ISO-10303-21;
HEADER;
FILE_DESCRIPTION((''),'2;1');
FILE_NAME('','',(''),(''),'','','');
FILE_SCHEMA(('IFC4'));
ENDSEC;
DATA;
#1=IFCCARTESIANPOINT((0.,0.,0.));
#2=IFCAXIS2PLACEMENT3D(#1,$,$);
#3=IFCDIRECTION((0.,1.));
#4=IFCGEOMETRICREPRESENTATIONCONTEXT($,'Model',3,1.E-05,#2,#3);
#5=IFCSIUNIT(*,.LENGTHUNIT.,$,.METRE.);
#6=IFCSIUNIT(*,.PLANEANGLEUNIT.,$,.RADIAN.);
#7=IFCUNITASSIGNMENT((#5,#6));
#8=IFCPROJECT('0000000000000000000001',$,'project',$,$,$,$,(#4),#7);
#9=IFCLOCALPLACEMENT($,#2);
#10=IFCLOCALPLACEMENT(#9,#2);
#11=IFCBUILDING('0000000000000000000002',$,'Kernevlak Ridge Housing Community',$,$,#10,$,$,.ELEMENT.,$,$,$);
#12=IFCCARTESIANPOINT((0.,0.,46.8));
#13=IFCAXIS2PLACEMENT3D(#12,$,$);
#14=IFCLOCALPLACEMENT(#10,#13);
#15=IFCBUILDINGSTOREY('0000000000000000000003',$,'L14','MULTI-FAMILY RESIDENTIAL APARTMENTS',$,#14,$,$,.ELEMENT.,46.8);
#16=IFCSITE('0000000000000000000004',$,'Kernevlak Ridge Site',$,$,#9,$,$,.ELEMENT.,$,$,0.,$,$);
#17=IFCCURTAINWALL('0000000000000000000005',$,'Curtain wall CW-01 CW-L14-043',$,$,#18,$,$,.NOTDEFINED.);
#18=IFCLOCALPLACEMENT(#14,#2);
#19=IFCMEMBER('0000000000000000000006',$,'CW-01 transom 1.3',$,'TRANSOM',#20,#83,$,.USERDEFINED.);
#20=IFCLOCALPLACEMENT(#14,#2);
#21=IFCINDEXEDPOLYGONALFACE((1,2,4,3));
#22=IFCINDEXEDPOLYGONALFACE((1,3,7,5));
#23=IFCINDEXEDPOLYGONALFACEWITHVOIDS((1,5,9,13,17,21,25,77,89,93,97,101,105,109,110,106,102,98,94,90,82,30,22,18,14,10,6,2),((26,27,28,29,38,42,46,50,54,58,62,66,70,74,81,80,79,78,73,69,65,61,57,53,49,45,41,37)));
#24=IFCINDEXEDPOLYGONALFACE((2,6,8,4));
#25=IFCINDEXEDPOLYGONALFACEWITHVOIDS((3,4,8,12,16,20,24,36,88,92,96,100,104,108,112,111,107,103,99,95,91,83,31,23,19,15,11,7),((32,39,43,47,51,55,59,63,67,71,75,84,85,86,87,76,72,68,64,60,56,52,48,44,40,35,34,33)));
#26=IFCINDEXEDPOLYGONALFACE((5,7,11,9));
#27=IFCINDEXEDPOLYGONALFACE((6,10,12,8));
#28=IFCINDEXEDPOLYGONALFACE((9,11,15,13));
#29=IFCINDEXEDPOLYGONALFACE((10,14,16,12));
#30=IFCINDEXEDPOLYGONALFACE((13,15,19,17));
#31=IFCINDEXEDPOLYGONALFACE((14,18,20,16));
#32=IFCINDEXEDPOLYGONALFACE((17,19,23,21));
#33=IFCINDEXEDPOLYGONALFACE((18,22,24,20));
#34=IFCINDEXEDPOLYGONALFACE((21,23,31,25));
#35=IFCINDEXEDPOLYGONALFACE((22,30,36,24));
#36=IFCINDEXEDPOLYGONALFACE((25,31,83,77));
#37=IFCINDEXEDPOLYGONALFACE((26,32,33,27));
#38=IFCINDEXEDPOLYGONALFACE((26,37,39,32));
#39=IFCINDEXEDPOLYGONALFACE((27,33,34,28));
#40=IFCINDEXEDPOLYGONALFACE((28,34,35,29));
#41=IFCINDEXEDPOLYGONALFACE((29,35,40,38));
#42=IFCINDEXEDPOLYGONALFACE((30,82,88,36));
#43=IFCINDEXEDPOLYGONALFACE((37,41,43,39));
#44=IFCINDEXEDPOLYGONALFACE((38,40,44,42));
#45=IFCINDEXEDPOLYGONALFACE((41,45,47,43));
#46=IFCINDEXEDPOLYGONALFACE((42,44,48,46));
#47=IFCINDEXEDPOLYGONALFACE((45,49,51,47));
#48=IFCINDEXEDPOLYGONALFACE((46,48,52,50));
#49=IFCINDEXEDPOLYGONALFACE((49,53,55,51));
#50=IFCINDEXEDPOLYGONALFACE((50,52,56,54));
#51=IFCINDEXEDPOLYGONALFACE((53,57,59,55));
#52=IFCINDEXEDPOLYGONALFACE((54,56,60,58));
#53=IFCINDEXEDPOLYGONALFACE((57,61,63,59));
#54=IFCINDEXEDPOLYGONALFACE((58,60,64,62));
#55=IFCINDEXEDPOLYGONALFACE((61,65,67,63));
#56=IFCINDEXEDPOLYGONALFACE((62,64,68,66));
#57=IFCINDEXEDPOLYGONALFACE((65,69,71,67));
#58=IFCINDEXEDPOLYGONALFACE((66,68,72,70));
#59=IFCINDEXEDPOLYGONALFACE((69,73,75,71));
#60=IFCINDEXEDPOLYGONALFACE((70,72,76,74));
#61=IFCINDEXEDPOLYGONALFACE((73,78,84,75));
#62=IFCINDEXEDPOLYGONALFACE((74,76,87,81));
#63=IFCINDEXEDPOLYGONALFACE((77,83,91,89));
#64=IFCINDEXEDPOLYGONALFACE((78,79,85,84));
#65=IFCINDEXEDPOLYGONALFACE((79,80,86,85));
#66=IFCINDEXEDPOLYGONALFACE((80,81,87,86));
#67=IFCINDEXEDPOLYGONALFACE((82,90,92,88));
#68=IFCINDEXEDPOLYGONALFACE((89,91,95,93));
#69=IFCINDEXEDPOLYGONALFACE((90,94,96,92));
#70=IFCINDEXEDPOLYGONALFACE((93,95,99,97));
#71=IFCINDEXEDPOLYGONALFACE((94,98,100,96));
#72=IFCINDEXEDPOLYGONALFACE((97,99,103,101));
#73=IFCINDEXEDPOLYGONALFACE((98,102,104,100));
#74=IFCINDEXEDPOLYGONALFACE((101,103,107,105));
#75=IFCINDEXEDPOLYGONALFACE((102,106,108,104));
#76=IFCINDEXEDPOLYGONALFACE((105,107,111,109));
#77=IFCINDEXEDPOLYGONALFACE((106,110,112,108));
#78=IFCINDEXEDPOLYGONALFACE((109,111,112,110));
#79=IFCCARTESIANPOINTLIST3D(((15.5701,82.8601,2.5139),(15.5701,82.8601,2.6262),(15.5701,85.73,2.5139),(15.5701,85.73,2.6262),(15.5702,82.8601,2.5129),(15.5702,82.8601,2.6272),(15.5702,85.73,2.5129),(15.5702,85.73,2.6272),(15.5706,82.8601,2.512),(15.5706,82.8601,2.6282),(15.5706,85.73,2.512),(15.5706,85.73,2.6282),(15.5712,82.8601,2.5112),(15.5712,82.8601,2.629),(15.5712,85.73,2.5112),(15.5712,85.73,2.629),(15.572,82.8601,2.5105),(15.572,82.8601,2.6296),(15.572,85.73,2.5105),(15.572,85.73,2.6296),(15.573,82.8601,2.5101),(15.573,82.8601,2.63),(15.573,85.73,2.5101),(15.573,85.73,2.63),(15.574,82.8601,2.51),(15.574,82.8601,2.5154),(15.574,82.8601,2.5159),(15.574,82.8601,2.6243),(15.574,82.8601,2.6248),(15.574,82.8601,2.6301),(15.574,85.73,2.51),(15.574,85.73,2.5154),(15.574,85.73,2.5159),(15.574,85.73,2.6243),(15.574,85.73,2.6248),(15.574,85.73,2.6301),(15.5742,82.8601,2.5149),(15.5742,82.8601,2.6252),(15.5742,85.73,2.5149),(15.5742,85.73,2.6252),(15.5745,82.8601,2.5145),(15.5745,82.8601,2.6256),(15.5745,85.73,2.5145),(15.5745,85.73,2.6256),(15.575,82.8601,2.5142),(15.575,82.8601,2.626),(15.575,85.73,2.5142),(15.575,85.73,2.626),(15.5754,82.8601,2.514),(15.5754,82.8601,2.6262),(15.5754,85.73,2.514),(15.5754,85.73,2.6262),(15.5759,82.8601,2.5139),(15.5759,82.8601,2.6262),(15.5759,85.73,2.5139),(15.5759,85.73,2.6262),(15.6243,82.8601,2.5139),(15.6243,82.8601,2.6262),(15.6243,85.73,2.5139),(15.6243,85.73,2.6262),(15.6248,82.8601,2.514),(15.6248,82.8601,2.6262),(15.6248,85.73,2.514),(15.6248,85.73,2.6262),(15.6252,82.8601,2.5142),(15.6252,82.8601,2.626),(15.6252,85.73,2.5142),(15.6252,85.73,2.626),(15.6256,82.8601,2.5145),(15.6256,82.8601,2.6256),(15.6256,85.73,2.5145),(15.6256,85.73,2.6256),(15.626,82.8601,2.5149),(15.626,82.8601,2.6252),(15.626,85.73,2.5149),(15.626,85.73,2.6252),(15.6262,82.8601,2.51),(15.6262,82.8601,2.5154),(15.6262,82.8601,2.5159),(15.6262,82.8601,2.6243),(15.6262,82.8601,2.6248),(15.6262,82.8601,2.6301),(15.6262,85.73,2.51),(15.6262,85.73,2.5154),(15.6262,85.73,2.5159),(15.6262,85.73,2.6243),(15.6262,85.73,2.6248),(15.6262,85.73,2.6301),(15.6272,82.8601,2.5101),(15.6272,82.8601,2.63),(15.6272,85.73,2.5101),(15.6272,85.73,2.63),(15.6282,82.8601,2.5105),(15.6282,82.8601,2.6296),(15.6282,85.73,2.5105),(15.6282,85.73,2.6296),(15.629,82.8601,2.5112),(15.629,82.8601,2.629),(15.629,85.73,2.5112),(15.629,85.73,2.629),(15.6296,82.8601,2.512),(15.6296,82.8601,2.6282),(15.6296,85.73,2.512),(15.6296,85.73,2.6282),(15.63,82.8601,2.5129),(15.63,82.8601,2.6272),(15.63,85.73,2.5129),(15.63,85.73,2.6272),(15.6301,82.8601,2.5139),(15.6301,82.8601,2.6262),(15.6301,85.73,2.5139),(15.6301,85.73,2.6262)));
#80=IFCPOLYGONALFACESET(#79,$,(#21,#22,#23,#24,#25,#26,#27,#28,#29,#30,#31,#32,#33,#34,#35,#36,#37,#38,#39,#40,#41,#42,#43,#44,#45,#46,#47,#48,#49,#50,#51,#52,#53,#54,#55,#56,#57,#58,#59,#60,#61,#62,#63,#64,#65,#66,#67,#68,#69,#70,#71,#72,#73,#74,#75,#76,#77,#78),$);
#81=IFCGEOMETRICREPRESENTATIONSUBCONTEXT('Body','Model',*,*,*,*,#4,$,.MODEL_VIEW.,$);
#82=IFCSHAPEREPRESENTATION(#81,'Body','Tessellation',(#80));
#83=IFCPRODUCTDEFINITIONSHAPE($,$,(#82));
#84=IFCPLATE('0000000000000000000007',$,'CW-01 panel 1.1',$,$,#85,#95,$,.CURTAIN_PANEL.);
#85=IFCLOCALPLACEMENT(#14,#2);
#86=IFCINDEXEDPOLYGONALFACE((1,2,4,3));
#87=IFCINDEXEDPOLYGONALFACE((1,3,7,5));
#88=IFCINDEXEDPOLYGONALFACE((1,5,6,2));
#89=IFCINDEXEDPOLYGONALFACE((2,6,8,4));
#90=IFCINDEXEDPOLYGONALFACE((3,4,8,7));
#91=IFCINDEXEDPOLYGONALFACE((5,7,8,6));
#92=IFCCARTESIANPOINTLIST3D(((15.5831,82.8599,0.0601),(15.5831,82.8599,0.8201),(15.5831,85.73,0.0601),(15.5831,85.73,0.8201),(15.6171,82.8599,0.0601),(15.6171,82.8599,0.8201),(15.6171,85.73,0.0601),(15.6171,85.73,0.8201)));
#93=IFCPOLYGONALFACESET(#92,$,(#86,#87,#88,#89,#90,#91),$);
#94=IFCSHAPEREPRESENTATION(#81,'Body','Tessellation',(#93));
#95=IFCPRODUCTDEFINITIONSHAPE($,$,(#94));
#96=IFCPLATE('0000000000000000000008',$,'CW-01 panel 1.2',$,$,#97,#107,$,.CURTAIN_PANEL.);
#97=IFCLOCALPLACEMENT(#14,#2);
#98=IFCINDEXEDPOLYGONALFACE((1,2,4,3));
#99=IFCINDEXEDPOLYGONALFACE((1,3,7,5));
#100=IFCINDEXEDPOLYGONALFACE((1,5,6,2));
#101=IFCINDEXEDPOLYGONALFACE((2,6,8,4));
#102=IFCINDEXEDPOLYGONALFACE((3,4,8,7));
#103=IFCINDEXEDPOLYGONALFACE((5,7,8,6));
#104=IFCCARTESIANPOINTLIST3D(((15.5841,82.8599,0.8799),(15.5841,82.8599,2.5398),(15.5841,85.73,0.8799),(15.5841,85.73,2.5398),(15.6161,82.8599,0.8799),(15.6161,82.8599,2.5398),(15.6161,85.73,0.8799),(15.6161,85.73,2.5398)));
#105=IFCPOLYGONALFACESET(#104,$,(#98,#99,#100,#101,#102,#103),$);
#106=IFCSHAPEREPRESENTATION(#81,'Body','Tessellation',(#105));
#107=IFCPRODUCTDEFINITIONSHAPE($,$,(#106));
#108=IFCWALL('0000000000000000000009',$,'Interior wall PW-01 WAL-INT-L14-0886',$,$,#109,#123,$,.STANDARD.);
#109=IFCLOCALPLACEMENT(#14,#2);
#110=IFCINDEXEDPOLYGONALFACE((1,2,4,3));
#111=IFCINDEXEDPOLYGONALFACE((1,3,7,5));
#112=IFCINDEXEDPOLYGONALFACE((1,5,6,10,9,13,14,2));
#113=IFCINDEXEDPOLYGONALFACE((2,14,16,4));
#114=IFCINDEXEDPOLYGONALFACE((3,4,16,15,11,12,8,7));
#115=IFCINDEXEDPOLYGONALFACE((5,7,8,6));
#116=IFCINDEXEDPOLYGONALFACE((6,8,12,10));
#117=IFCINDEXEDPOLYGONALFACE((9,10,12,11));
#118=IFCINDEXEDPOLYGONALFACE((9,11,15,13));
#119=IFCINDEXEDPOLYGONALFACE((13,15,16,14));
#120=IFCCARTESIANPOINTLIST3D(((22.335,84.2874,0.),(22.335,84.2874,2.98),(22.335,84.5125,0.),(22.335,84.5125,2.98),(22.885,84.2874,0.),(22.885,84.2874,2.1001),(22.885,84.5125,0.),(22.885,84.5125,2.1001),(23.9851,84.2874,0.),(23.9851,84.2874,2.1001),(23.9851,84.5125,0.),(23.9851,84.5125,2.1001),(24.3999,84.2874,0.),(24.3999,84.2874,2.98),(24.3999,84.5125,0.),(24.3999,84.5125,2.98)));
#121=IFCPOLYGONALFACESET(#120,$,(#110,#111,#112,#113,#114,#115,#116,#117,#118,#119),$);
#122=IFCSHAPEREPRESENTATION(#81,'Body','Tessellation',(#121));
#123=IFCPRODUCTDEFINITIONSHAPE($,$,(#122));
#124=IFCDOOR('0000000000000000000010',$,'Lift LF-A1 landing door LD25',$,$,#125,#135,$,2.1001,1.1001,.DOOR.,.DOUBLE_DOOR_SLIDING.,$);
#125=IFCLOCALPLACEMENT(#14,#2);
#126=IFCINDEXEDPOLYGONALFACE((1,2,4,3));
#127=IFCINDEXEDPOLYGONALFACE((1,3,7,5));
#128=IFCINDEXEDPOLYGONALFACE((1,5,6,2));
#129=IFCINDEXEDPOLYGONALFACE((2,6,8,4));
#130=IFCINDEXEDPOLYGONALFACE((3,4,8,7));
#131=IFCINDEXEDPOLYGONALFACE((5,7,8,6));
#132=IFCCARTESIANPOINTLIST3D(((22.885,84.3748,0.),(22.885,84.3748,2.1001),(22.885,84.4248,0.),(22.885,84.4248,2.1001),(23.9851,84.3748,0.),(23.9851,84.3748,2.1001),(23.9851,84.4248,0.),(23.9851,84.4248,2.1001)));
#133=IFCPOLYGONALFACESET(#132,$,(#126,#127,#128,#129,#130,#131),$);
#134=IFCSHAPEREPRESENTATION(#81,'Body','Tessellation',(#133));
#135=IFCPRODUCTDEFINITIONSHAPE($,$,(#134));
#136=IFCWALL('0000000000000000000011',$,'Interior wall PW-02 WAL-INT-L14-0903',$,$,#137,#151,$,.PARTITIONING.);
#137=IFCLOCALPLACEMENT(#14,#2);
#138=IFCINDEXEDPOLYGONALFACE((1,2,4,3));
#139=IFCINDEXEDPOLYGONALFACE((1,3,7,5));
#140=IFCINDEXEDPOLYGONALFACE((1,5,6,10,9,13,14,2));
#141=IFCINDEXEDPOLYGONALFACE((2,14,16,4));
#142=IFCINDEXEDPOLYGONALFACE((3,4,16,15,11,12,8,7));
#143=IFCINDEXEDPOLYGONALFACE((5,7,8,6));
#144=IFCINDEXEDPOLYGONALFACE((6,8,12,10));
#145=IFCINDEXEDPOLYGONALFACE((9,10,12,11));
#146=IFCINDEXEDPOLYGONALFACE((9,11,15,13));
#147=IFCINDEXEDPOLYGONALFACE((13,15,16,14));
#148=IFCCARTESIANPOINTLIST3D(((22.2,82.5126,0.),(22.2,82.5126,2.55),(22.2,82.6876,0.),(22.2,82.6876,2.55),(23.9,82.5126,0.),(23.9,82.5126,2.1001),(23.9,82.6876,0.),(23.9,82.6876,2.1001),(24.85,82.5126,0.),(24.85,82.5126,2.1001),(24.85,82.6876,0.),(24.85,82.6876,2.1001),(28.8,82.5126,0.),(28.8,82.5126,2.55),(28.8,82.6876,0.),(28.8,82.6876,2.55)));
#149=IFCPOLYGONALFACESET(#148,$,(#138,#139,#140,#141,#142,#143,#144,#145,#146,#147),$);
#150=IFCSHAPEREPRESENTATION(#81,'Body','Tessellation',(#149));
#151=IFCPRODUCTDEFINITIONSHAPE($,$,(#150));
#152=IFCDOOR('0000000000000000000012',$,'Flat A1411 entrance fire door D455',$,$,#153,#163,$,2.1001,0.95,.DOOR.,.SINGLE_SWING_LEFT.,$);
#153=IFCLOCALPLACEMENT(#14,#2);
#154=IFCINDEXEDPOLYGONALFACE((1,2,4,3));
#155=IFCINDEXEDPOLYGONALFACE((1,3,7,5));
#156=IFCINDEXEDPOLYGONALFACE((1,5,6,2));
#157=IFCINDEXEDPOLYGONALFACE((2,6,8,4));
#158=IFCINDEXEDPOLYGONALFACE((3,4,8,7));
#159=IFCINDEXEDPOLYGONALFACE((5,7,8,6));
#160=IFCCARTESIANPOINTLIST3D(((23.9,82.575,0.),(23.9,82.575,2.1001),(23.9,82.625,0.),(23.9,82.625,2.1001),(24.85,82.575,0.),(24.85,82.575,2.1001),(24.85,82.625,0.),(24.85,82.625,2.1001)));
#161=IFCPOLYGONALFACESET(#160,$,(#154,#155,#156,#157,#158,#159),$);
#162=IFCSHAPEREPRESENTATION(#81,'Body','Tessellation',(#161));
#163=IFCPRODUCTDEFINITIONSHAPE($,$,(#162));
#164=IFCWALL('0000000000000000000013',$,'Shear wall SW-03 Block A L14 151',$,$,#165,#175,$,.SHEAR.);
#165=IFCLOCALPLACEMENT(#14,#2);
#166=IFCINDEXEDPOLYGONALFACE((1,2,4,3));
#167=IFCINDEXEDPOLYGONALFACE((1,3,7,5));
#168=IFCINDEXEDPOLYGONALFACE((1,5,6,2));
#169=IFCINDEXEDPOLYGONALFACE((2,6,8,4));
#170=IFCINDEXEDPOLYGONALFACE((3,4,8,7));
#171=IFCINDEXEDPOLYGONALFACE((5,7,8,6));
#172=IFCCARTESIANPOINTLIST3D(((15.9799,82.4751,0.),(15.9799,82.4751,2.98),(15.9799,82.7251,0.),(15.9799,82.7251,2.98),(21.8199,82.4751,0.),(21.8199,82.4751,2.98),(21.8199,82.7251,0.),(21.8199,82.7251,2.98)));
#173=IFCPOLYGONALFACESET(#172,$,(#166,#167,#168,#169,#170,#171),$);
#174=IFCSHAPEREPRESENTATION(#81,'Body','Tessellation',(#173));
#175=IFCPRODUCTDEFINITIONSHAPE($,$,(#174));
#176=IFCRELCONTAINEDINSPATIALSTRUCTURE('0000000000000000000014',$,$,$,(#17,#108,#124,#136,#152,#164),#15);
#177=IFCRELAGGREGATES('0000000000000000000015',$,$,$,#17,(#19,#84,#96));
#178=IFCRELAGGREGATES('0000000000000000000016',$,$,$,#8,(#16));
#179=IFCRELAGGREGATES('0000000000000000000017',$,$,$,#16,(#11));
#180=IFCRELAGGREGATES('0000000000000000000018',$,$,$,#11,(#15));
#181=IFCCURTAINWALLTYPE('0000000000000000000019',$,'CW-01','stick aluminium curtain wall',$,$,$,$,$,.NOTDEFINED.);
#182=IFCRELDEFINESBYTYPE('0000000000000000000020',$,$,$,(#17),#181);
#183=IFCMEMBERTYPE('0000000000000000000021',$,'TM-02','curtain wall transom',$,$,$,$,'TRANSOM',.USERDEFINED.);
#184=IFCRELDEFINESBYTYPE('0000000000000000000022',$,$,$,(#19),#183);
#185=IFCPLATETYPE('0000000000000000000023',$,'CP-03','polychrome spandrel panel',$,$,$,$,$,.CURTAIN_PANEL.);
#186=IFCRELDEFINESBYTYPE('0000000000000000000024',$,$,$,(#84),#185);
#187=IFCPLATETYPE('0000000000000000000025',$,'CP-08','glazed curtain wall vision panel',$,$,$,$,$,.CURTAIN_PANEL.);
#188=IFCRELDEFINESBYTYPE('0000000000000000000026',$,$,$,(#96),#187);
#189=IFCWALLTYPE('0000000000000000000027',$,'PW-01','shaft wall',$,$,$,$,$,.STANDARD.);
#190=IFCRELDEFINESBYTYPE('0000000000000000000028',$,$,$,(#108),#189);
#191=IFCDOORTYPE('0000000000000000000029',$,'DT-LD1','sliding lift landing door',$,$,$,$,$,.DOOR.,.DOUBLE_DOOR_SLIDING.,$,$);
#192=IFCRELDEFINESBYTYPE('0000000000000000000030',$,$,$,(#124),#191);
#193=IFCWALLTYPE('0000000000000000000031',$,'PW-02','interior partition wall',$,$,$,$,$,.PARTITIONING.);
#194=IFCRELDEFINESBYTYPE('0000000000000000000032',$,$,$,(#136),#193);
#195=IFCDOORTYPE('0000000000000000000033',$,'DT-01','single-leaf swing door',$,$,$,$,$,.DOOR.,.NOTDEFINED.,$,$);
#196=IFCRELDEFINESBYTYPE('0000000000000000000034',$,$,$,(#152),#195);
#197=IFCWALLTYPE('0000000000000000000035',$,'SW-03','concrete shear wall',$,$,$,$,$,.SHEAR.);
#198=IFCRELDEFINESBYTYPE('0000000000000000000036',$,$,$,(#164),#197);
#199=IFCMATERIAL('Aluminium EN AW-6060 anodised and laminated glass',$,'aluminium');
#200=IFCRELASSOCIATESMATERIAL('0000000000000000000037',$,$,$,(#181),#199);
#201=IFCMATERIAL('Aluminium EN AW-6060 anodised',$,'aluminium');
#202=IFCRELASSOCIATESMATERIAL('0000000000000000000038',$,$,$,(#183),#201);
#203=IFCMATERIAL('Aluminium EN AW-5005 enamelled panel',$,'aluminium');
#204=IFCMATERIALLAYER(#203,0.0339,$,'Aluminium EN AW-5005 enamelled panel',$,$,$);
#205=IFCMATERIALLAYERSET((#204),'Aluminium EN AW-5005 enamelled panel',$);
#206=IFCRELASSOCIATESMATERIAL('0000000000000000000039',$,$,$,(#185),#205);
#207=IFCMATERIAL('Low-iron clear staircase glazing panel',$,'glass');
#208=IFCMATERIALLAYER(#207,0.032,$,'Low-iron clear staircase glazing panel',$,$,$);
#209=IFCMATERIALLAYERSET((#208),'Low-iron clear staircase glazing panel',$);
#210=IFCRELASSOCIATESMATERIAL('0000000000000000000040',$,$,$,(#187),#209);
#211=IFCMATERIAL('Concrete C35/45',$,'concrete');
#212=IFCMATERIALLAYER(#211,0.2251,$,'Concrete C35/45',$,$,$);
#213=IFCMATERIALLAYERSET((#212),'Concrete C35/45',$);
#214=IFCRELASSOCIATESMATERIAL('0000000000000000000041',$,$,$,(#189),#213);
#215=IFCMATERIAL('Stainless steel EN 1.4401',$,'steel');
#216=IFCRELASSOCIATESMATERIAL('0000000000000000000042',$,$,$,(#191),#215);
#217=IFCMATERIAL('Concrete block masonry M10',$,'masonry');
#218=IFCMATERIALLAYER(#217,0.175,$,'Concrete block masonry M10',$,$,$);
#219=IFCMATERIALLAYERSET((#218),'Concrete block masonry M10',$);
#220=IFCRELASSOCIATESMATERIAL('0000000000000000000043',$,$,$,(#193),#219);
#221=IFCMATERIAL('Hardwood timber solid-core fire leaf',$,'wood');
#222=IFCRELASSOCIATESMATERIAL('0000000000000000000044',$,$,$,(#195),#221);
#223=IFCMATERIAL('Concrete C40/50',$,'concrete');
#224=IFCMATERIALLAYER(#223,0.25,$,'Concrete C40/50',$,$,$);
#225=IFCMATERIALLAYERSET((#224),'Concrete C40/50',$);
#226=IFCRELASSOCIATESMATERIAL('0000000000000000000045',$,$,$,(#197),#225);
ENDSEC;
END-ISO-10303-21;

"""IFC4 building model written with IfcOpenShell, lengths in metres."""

from ifc_helpers import new_model, si_unit, direction, frame, frame_2d, origin, origin_2d, place, context, subcontext, project, spatial, rectangle, hollow_rectangle, extrude, material, layer, layer_set, material_profile, profile_set, type_object, element, fill, aggregate, save


model = new_model("IFC4")

# Units and contexts
model_context = context("Model", 3, precision=1e-05, world=origin(), true_north=direction((0.0, 1.0)))
body_context = subcontext(model_context, "Body", "Model", "MODEL_VIEW")
ifc_project = project(units=[si_unit("LENGTHUNIT", "METRE"), si_unit("PLANEANGLEUNIT", "RADIAN")], contexts=[model_context])

# Site, building, storey
site_placement = place(None, origin())
site = spatial("IfcSite", under=ifc_project, at=site_placement, Name="Kernevlak Ridge Site", CompositionType="ELEMENT", RefElevation=0.0)
building_placement = place(site_placement, origin())
building = spatial("IfcBuilding", under=site, at=building_placement, Name="Kernevlak Ridge Housing Community", CompositionType="ELEMENT")
storey_placement = place(building_placement, frame((0.0, 0.0, 46.8)))
storey = spatial("IfcBuildingStorey", under=building, at=storey_placement, Name="L14", Description="MULTI-FAMILY RESIDENTIAL APARTMENTS", CompositionType="ELEMENT", Elevation=46.8)

# Shared definitions
ifc_material_1 = material(Name="Concrete C35/45", Category="concrete")

# Curtain wall
ifc_material_2 = material(Name="Aluminium EN AW-6060 anodised and laminated glass", Category="aluminium")
curtain_wall_type = type_object("IfcCurtainWallType", Name="CW-01", Description="stick aluminium curtain wall", PredefinedType="NOTDEFINED", material=ifc_material_2)
curtain_wall_placement = place(storey_placement, origin())
curtain_wall = element("IfcCurtainWall", 1, at=curtain_wall_placement, inside=storey, type_object=curtain_wall_type, Name="Curtain wall CW-01 CW-L14-043", PredefinedType="NOTDEFINED")
ifc_material_3 = material(Name="Aluminium EN AW-6060 anodised", Category="aluminium")

# Member
ifc_material_profile_1 = material_profile(ifc_material_3, hollow_rectangle(XDim=0.0601, YDim=0.1201, WallThickness=0.0039, InnerFilletRadius=0.002, OuterFilletRadius=0.0039, at=origin_2d()), Name="ALU 60x120x4")
ifc_profile_set_1 = profile_set([ifc_material_profile_1], Name="Aluminium EN AW-6060 anodised")
member_type_1 = type_object("IfcMemberType", Name="TM-02", Description="curtain wall transom", ElementType="TRANSOM", PredefinedType="USERDEFINED", material=ifc_profile_set_1)
member_1_placement = place(storey_placement, frame((15.6001, 82.8601, 2.5701), z_axis=(0.0, 1.0, 0.0), x_axis=(-1.0, 0.0, 0.0)))
member_1 = element("IfcMember", 2, at=member_1_placement, type_object=member_type_1, Name="CW-01 transom 1.3", ObjectType="TRANSOM", PredefinedType="USERDEFINED", context=body_context, shape_type="SweptSolid", body=[
    extrude(hollow_rectangle(XDim=0.0601, YDim=0.1201, WallThickness=0.0039, InnerFilletRadius=0.002, OuterFilletRadius=0.0039, at=origin_2d()), origin(), (0.0, 0.0, 1.0), 2.8699),
])

# Plates
ifc_material_4 = material(Name="Aluminium EN AW-5005 enamelled panel", Category="aluminium")
ifc_layer_1 = layer(ifc_material_4, 0.0339, Name="Aluminium EN AW-5005 enamelled panel")
ifc_layer_set_1 = layer_set([ifc_layer_1], Name="Aluminium EN AW-5005 enamelled panel")
plate_type_1 = type_object("IfcPlateType", Name="CP-03", Description="polychrome spandrel panel", PredefinedType="CURTAIN_PANEL", material=ifc_layer_set_1)
plate_1_placement = place(storey_placement, frame((15.6001, 84.2949, 0.0601), z_axis=(0.0, 0.0, 1.0), x_axis=(0.0, 1.0, 0.0)))
plate_1 = element("IfcPlate", 3, at=plate_1_placement, type_object=plate_type_1, Name="CW-01 panel 1.1", PredefinedType="CURTAIN_PANEL", context=body_context, shape_type="SweptSolid", body=[
    extrude(rectangle(XDim=2.8701, YDim=0.0339, at=origin_2d()), origin(), (0.0, 0.0, 1.0), 0.76),
])
ifc_material_5 = material(Name="Low-iron clear staircase glazing panel", Category="glass")
ifc_layer_2 = layer(ifc_material_5, 0.032, Name="Low-iron clear staircase glazing panel")
ifc_layer_set_2 = layer_set([ifc_layer_2], Name="Low-iron clear staircase glazing panel")
plate_type_2 = type_object("IfcPlateType", Name="CP-08", Description="glazed curtain wall vision panel", PredefinedType="CURTAIN_PANEL", material=ifc_layer_set_2)
plate_2_placement = place(storey_placement, frame((15.6001, 84.2949, 0.8799), z_axis=(0.0, 0.0, 1.0), x_axis=(0.0, 1.0, 0.0)))
plate_2 = element("IfcPlate", 4, at=plate_2_placement, type_object=plate_type_2, Name="CW-01 panel 1.2", PredefinedType="CURTAIN_PANEL", context=body_context, shape_type="SweptSolid", body=[
    extrude(rectangle(XDim=2.8701, YDim=0.032, at=origin_2d()), origin(), (0.0, 0.0, 1.0), 1.6599),
])
aggregate(curtain_wall, [member_1, plate_1, plate_2])

# Walls, openings, doors
ifc_layer_3 = layer(ifc_material_1, 0.2251, Name="Concrete C35/45")
ifc_layer_set_3 = layer_set([ifc_layer_3], Name="Concrete C35/45")
wall_type_1 = type_object("IfcWallType", Name="PW-01", Description="shaft wall", PredefinedType="STANDARD", material=ifc_layer_set_3)
wall_1_placement = place(storey_placement, frame((22.335, 84.3999, 0.0), z_axis=(0.0, 0.0, 1.0), x_axis=(1.0, 0.0, 0.0)))
wall_1 = element("IfcWall", 5, at=wall_1_placement, inside=storey, type_object=wall_type_1, Name="Interior wall PW-01 WAL-INT-L14-0886", PredefinedType="STANDARD", context=body_context, shape_type="SweptSolid", body=[
    extrude(rectangle(XDim=2.0649, YDim=0.2251, at=frame_2d((1.0325, 0.0))), origin(), (0.0, 0.0, 1.0), 2.98),
])
opening_1_placement = place(wall_1_placement, frame((0.55, 0.0, 0.0)))
opening_1 = element("IfcOpeningElement", 6, at=opening_1_placement, cuts=wall_1, PredefinedType="OPENING", context=body_context, shape_type="SweptSolid", body=[
    extrude(rectangle(XDim=1.1001, YDim=2.1001, at=frame_2d((0.55, 1.05))), frame((0.0, 0.1226, 0.0), z_axis=(0.0, -1.0, 0.0), x_axis=(1.0, 0.0, 0.0)), (0.0, 0.0, 1.0), 0.2451),
])
ifc_material_6 = material(Name="Stainless steel EN 1.4401", Category="steel")
door_type_1 = type_object("IfcDoorType", Name="DT-LD1", Description="sliding lift landing door", OperationType="DOUBLE_DOOR_SLIDING", PredefinedType="DOOR", material=ifc_material_6)
door_1_placement = place(opening_1_placement, origin())
door_1 = element("IfcDoor", 7, at=door_1_placement, inside=storey, type_object=door_type_1, Name="Lift LF-A1 landing door LD25", OperationType="DOUBLE_DOOR_SLIDING", OverallHeight=2.1001, OverallWidth=1.1001, PredefinedType="DOOR", context=body_context, shape_type="SweptSolid", body=[
    extrude(rectangle(XDim=1.1001, YDim=2.1001, at=frame_2d((0.55, 1.05))), frame((0.0, 0.0249, 0.0), z_axis=(0.0, -1.0, 0.0), x_axis=(1.0, 0.0, 0.0)), (0.0, 0.0, 1.0), 0.05),
])
fill(opening_1, door_1)
ifc_material_7 = material(Name="Concrete block masonry M10", Category="masonry")
ifc_layer_4 = layer(ifc_material_7, 0.175, Name="Concrete block masonry M10")
ifc_layer_set_4 = layer_set([ifc_layer_4], Name="Concrete block masonry M10")
wall_type_2 = type_object("IfcWallType", Name="PW-02", Description="interior partition wall", PredefinedType="PARTITIONING", material=ifc_layer_set_4)
wall_2_placement = place(storey_placement, frame((22.2, 82.6001, 0.0), z_axis=(0.0, 0.0, 1.0), x_axis=(1.0, 0.0, 0.0)))
wall_2 = element("IfcWall", 8, at=wall_2_placement, inside=storey, type_object=wall_type_2, Name="Interior wall PW-02 WAL-INT-L14-0903", PredefinedType="PARTITIONING", context=body_context, shape_type="SweptSolid", body=[
    extrude(rectangle(XDim=6.6001, YDim=0.175, at=frame_2d((3.3, 0.0))), origin(), (0.0, 0.0, 1.0), 2.55),
])
opening_2_placement = place(wall_2_placement, frame((1.7, 0.0, 0.0)))
opening_2 = element("IfcOpeningElement", 9, at=opening_2_placement, cuts=wall_2, PredefinedType="OPENING", context=body_context, shape_type="SweptSolid", body=[
    extrude(rectangle(XDim=0.95, YDim=2.1001, at=frame_2d((0.4751, 1.05))), frame((0.0, 0.0974, 0.0), z_axis=(0.0, -1.0, 0.0), x_axis=(1.0, 0.0, 0.0)), (0.0, 0.0, 1.0), 0.1951),
])
ifc_material_8 = material(Name="Hardwood timber solid-core fire leaf", Category="wood")
door_type_2 = type_object("IfcDoorType", Name="DT-01", Description="single-leaf swing door", OperationType="NOTDEFINED", PredefinedType="DOOR", material=ifc_material_8)
door_2_placement = place(opening_2_placement, origin())
door_2 = element("IfcDoor", 10, at=door_2_placement, inside=storey, type_object=door_type_2, Name="Flat A1411 entrance fire door D455", OperationType="SINGLE_SWING_LEFT", OverallHeight=2.1001, OverallWidth=0.95, PredefinedType="DOOR", context=body_context, shape_type="SweptSolid", body=[
    extrude(rectangle(XDim=0.95, YDim=2.1001, at=frame_2d((0.4751, 1.05))), frame((0.0, 0.0249, 0.0), z_axis=(0.0, -1.0, 0.0), x_axis=(1.0, 0.0, 0.0)), (0.0, 0.0, 1.0), 0.05),
])
fill(opening_2, door_2)

# Wall
ifc_material_9 = material(Name="Concrete C40/50", Category="concrete")
ifc_layer_5 = layer(ifc_material_9, 0.25, Name="Concrete C40/50")
ifc_layer_set_5 = layer_set([ifc_layer_5], Name="Concrete C40/50")
wall_type_3 = type_object("IfcWallType", Name="SW-03", Description="concrete shear wall", PredefinedType="SHEAR", material=ifc_layer_set_5)
wall_3_placement = place(storey_placement, frame((15.98, 82.6001, 0.0), z_axis=(0.0, 0.0, 1.0), x_axis=(1.0, 0.0, 0.0)))
element("IfcWall", 11, at=wall_3_placement, inside=storey, type_object=wall_type_3, Name="Shear wall SW-03 Block A L14 151", PredefinedType="SHEAR", context=body_context, shape_type="SweptSolid", body=[
    extrude(rectangle(XDim=5.8401, YDim=0.25, at=frame_2d((2.9199, 0.0))), origin(), (0.0, 0.0, 1.0), 2.98),
])

save(model, "model.ifc")
